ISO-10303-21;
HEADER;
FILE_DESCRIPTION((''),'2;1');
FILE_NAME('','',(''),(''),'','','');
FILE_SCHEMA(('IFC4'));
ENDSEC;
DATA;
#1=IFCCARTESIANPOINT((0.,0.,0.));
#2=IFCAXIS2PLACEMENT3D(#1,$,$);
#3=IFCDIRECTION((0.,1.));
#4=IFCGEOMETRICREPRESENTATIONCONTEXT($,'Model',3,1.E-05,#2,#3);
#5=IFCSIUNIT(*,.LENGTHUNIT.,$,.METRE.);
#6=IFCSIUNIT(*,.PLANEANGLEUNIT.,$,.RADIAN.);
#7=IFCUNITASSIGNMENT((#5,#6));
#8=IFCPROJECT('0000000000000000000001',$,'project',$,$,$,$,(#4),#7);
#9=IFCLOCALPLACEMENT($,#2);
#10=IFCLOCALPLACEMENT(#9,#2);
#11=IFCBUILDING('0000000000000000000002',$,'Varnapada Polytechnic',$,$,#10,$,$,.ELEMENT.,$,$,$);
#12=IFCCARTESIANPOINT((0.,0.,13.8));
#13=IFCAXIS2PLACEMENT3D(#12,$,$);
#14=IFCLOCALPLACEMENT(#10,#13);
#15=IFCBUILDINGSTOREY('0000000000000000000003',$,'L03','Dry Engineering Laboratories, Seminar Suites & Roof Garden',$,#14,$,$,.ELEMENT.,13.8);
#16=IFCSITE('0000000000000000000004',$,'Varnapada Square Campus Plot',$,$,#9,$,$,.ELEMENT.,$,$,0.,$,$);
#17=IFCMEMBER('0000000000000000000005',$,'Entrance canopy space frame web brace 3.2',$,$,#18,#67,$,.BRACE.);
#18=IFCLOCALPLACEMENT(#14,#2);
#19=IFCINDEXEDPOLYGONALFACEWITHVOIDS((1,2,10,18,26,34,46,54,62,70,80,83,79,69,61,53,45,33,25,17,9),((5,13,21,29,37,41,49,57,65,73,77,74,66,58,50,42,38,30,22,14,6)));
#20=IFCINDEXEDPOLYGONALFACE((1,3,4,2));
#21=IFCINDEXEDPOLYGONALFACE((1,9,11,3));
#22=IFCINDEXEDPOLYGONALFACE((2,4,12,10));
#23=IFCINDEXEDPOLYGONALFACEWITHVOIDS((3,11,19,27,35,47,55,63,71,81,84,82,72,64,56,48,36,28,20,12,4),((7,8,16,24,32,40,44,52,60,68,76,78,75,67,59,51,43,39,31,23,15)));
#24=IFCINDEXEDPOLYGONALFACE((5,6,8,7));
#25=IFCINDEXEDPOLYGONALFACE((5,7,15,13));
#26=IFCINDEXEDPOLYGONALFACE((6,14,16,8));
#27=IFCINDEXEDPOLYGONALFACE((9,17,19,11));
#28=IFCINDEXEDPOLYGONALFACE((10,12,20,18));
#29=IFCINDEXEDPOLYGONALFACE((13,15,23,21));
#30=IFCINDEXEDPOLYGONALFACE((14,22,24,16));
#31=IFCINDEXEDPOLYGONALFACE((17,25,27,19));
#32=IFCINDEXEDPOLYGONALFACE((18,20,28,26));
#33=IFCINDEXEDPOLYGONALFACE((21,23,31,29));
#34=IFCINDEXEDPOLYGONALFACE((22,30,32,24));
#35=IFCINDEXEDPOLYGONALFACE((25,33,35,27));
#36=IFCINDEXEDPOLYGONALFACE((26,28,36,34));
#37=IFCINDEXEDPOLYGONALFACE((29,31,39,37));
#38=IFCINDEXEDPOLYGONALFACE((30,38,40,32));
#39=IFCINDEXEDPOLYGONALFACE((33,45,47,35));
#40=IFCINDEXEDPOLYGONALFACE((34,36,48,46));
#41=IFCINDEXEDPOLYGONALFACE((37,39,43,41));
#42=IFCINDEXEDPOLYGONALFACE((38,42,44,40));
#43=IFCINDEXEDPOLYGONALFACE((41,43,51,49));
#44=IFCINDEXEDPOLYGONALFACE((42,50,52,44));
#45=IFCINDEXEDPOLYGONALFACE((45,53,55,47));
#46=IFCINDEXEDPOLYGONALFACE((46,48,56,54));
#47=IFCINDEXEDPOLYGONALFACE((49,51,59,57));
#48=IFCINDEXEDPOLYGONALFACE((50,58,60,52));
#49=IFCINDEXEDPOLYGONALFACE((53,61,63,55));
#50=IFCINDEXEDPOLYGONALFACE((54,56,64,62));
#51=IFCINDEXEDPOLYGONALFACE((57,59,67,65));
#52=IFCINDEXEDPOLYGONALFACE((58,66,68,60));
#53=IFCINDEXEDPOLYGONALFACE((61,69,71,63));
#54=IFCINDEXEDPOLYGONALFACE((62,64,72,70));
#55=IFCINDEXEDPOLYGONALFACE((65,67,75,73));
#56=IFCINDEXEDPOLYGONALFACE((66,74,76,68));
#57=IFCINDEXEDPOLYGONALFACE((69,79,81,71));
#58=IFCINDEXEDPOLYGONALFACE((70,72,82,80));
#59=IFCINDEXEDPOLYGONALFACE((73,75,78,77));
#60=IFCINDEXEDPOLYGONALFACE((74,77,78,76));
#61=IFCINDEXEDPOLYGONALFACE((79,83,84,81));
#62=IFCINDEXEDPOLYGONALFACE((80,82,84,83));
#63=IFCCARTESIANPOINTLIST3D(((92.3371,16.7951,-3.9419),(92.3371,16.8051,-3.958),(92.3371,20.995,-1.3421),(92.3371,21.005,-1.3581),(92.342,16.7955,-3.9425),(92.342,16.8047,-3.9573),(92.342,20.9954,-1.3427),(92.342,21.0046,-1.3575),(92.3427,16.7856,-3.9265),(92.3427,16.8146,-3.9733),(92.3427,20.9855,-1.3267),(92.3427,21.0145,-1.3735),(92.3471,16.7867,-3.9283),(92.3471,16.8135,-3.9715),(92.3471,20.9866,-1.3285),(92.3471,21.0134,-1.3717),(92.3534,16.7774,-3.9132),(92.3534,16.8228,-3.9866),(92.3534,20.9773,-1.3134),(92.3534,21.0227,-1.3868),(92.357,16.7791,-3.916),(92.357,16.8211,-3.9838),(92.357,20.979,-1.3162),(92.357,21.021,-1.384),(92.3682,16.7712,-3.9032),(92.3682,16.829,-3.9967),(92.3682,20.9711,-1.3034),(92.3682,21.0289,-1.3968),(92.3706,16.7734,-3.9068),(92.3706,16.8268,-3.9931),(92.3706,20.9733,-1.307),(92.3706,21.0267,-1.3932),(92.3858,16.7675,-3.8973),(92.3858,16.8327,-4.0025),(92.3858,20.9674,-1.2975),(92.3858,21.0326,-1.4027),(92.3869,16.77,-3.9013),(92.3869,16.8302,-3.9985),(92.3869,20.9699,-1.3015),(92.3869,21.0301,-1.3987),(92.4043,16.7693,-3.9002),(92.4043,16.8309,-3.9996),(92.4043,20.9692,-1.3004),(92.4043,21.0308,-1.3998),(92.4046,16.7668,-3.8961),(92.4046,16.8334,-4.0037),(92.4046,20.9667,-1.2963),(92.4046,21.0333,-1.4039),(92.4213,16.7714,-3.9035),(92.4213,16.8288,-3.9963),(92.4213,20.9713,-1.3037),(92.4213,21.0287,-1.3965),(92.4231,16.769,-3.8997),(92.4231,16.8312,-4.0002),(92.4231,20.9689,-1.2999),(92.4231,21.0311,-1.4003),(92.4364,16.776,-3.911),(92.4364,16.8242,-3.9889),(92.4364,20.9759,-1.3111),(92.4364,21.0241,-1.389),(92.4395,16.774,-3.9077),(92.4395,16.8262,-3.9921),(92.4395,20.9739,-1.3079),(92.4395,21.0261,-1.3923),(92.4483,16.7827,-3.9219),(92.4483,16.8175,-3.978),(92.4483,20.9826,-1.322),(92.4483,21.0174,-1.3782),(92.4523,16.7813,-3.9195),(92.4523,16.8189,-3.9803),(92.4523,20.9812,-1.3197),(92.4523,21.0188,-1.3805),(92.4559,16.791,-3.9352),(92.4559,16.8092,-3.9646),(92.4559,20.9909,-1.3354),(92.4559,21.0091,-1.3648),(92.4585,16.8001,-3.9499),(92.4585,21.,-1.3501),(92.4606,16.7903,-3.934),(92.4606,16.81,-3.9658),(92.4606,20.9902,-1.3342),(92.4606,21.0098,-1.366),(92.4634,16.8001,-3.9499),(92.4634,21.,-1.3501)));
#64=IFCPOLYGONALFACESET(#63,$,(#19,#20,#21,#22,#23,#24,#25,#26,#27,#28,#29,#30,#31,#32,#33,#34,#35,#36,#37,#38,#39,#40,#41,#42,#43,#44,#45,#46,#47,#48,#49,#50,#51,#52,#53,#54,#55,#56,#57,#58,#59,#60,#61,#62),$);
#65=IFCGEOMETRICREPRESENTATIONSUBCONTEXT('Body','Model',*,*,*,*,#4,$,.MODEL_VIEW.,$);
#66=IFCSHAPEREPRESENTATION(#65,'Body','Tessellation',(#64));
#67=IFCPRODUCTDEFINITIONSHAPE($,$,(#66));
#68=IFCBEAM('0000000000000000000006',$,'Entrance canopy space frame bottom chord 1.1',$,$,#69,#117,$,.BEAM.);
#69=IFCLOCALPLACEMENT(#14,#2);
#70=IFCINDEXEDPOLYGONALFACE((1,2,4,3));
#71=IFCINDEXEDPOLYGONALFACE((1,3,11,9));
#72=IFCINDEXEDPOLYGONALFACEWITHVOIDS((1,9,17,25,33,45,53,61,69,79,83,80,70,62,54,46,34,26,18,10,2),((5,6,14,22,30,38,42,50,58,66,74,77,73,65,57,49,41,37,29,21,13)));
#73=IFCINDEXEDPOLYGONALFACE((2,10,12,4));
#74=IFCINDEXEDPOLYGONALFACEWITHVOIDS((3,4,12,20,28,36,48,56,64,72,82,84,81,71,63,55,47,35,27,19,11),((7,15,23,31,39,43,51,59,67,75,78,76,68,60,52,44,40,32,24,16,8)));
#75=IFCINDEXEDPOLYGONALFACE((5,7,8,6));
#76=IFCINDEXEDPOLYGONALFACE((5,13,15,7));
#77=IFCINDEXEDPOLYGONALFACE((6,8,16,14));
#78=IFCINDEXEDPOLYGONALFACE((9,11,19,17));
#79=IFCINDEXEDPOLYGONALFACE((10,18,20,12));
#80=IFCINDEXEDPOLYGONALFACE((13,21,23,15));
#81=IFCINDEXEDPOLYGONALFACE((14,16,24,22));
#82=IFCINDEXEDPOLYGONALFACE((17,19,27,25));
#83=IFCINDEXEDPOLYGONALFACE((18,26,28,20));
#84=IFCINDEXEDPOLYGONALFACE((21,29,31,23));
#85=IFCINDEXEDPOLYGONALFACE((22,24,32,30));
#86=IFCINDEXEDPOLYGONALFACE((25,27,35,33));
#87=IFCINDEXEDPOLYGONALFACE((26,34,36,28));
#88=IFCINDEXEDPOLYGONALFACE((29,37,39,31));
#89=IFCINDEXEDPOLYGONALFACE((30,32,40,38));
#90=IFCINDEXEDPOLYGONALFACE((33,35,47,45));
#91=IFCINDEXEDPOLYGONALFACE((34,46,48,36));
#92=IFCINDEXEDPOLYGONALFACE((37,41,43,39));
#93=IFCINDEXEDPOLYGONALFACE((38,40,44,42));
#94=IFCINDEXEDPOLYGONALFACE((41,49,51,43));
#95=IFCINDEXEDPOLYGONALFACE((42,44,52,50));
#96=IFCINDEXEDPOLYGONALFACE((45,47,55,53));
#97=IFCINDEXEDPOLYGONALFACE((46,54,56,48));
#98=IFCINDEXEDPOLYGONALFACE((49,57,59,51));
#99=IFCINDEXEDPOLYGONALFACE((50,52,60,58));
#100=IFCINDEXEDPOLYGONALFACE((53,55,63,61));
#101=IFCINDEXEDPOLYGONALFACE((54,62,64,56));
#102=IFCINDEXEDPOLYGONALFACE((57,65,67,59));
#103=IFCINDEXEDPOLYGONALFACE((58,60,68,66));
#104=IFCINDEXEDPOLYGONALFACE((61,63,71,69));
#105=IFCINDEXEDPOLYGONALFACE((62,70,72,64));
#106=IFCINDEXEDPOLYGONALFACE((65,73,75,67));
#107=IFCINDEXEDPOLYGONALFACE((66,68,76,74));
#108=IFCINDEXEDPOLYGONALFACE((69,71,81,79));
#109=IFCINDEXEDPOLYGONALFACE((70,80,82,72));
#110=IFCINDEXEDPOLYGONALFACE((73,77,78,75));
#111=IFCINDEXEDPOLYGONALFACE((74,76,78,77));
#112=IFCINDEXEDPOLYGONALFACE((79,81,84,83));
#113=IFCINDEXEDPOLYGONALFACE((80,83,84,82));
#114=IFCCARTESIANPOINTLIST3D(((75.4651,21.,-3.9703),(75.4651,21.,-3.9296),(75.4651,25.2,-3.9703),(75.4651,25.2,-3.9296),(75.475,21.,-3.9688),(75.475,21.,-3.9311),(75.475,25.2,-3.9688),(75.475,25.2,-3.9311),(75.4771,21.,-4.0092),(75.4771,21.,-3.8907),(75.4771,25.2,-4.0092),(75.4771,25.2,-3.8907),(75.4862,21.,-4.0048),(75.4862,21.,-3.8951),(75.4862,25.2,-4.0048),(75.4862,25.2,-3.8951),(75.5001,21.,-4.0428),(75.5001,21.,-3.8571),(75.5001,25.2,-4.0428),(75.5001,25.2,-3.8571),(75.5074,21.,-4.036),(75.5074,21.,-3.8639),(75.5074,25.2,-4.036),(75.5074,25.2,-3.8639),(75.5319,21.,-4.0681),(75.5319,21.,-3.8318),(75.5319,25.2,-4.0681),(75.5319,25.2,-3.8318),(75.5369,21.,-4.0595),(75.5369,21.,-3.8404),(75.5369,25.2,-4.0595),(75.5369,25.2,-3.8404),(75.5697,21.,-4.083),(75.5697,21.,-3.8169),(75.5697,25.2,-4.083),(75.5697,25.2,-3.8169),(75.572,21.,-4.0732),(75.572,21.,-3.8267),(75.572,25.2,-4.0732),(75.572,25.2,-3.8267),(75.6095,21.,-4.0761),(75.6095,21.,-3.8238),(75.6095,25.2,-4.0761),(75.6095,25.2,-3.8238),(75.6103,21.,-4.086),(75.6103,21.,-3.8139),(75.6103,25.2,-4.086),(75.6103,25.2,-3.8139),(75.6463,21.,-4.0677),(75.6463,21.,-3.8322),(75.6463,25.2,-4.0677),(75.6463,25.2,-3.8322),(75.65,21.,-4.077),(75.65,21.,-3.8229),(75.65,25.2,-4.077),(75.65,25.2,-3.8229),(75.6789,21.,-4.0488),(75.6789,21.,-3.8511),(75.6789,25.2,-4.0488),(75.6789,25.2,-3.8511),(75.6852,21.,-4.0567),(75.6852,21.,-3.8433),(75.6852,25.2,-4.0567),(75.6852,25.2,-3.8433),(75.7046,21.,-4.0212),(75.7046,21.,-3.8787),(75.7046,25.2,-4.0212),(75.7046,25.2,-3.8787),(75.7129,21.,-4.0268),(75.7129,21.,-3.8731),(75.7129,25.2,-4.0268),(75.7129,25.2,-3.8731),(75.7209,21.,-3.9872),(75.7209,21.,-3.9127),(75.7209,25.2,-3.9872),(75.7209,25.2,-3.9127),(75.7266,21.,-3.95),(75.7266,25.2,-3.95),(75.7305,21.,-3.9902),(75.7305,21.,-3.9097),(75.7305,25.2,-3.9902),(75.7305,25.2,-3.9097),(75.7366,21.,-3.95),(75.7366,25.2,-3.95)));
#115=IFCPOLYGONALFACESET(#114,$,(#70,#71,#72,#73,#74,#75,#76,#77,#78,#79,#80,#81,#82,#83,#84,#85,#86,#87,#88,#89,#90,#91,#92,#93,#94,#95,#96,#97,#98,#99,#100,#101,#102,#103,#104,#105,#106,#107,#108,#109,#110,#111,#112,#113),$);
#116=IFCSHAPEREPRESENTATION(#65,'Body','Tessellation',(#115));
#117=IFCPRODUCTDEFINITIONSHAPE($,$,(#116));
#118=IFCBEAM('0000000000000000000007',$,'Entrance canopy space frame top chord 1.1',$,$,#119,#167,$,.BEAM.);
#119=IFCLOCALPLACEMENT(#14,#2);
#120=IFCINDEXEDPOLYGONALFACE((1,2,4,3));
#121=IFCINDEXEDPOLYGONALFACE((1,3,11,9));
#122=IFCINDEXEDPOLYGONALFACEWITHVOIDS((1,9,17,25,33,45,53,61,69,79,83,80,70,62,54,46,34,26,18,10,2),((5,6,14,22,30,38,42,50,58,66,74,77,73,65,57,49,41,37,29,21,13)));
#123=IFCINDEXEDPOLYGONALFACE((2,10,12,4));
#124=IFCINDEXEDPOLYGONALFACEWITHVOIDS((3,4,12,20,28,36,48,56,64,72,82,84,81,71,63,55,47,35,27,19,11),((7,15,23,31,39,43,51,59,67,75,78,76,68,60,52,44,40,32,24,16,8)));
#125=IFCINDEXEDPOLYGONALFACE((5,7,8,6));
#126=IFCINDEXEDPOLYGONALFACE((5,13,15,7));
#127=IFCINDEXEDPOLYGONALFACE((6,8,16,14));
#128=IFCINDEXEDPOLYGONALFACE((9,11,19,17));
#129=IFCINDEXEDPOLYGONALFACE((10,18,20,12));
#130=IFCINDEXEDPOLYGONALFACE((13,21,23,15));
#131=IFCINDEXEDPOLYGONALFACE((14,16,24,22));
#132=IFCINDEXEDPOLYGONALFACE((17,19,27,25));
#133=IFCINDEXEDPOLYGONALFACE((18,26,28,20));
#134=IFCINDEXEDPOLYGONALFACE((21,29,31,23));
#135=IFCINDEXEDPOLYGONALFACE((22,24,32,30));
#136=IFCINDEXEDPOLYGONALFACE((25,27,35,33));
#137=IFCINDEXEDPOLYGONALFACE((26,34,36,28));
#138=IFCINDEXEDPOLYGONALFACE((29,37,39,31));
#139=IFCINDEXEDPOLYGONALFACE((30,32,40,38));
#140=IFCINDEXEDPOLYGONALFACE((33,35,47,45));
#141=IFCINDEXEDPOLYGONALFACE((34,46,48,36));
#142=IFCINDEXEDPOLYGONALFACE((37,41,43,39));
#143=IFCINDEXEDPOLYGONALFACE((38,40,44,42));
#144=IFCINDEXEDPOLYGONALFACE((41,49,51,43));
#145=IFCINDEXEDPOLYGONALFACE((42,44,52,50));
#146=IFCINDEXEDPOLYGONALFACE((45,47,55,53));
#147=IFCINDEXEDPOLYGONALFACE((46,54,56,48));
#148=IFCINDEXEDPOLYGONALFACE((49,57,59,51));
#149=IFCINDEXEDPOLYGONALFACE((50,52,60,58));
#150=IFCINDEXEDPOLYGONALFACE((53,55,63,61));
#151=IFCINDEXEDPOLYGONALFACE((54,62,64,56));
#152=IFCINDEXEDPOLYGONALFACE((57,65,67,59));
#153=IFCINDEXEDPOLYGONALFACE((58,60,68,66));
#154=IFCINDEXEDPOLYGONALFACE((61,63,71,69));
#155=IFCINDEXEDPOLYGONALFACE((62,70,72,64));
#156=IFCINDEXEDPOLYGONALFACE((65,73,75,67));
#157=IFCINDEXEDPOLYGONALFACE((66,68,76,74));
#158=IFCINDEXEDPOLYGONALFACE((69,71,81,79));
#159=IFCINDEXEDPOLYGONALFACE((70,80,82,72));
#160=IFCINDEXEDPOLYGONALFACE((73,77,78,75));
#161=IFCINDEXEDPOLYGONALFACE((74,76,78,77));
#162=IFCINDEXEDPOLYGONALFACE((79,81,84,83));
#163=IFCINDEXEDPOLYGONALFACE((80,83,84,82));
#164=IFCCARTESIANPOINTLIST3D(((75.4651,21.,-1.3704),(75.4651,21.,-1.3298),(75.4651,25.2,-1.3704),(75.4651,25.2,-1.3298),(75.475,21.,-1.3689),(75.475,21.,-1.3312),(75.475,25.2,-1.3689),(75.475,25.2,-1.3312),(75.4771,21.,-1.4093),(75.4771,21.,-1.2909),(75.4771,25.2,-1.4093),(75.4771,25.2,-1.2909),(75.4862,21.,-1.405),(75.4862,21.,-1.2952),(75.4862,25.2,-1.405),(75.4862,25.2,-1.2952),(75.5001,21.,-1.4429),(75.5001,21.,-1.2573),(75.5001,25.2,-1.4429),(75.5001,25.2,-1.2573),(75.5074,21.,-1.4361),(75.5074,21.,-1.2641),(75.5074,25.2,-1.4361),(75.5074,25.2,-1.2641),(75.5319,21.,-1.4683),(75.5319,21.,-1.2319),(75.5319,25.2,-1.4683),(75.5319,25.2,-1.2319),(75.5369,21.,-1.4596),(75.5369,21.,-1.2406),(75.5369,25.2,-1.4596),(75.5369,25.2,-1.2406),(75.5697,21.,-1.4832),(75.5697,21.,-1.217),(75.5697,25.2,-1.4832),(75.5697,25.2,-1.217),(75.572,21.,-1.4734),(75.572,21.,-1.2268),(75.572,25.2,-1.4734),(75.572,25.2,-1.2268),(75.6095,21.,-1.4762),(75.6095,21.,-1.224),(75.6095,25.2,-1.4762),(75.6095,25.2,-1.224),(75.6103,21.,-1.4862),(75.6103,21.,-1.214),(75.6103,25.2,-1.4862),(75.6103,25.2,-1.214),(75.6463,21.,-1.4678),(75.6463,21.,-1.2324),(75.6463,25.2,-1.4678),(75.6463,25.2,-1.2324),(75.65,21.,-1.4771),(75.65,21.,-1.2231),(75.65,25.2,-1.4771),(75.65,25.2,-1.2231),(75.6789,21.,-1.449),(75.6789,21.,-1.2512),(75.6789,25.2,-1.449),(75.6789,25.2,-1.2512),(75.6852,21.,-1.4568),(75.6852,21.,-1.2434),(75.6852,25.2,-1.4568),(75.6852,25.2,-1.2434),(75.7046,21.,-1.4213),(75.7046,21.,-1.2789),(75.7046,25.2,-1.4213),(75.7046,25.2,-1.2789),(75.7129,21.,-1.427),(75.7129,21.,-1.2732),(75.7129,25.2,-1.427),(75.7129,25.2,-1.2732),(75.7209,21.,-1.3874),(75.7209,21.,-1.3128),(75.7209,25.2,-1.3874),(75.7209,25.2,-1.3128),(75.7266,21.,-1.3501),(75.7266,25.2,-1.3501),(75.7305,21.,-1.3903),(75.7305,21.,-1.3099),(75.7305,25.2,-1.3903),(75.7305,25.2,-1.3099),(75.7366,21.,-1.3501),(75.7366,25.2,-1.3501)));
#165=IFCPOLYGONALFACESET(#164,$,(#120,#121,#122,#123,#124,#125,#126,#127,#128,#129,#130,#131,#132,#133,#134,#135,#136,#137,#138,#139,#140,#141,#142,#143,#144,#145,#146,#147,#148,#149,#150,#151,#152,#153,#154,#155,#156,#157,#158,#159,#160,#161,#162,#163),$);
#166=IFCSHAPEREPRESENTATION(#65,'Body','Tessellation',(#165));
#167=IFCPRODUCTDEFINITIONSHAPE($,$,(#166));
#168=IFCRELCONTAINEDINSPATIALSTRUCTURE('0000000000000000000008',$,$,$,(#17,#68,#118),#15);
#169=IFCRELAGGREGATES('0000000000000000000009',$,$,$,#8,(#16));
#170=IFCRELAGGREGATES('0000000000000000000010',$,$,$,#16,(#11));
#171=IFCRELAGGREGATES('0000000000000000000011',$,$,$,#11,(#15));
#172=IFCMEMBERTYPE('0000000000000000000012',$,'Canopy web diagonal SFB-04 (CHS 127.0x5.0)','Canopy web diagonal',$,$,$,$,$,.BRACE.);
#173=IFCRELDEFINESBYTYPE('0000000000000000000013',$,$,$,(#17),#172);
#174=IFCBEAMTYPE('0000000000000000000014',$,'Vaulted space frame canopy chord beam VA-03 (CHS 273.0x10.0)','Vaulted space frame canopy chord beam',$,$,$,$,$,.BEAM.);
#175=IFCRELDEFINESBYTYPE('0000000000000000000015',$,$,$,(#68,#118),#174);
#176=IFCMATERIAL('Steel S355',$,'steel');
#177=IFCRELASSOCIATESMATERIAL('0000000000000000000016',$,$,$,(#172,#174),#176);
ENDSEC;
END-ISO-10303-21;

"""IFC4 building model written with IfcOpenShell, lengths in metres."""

from ifc_helpers import new_model, si_unit, direction, frame, origin, origin_2d, place, context, subcontext, project, spatial, hollow_circle, extrude, material, material_profile, profile_set, type_object, element, save


model = new_model("IFC4")

# Units and contexts
model_context = context("Model", 3, precision=1e-05, world=origin(), true_north=direction((0.0, 1.0)))
body_context = subcontext(model_context, "Body", "Model", "MODEL_VIEW")
ifc_project = project(units=[si_unit("LENGTHUNIT", "METRE"), si_unit("PLANEANGLEUNIT", "RADIAN")], contexts=[model_context])

# Site, building, storey
site_placement = place(None, origin())
site = spatial("IfcSite", under=ifc_project, at=site_placement, Name="Varnapada Square Campus Plot", CompositionType="ELEMENT", RefElevation=0.0)
building_placement = place(site_placement, origin())
building = spatial("IfcBuilding", under=site, at=building_placement, Name="Varnapada Polytechnic", CompositionType="ELEMENT")
storey_placement = place(building_placement, frame((0.0, 0.0, 13.8)))
storey = spatial("IfcBuildingStorey", under=building, at=storey_placement, Name="L03", Description="Dry Engineering Laboratories, Seminar Suites & Roof Garden", CompositionType="ELEMENT", Elevation=13.8)

# Member
ifc_material = material(Name="Steel S355", Category="steel")
ifc_material_profile_1 = material_profile(ifc_material, hollow_circle(Radius=0.0635, WallThickness=0.0049, at=origin_2d()), Name="CHS 127.0x5.0")
ifc_profile_set_1 = profile_set([ifc_material_profile_1], Name="Steel S355")
member_type_1 = type_object("IfcMemberType", Name="Canopy web diagonal SFB-04 (CHS 127.0x5.0)", Description="Canopy web diagonal", PredefinedType="BRACE", material=ifc_profile_set_1)
for number, where, z_axis, x_axis, name in (
    (1, (92.3999, 21.0, -1.3501), (0.0, -0.850276, -0.526338), (1.0, 0.0, 0.0), "Entrance canopy space frame web brace 3.2"),
):
    element("IfcMember", number, at=place(storey_placement, frame(where, z_axis=z_axis, x_axis=x_axis)), inside=storey, type_object=member_type_1, Name=name, PredefinedType="BRACE", context=body_context, shape_type="SweptSolid", body=[
        extrude(hollow_circle(Radius=0.0635, WallThickness=0.0049, at=origin_2d()), origin(), (0.0, 0.0, 1.0), 4.9395),
    ])

# Beams
ifc_material_profile_2 = material_profile(ifc_material, hollow_circle(Radius=0.1365, WallThickness=0.01, at=origin_2d()), Name="CHS 273.0x10.0")
ifc_profile_set_2 = profile_set([ifc_material_profile_2], Name="Steel S355")
beam_type = type_object("IfcBeamType", Name="Vaulted space frame canopy chord beam VA-03 (CHS 273.0x10.0)", Description="Vaulted space frame canopy chord beam", PredefinedType="BEAM", material=ifc_profile_set_2)
for number, where, z_axis, x_axis, name in (
    (2, (75.6001, 25.2, -3.95), (0.0, -1.0, 0.0), (1.0, 0.0, 0.0), "Entrance canopy space frame bottom chord 1.1"),
    (3, (75.6001, 25.2, -1.3501), (0.0, -1.0, 0.0), (1.0, 0.0, 0.0), "Entrance canopy space frame top chord 1.1"),
):
    element("IfcBeam", number, at=place(storey_placement, frame(where, z_axis=z_axis, x_axis=x_axis)), inside=storey, type_object=beam_type, Name=name, PredefinedType="BEAM", context=body_context, shape_type="SweptSolid", body=[
        extrude(hollow_circle(Radius=0.1365, WallThickness=0.01, at=origin_2d()), origin(), (0.0, 0.0, 1.0), 4.2),
    ])

save(model, "model.ifc")
